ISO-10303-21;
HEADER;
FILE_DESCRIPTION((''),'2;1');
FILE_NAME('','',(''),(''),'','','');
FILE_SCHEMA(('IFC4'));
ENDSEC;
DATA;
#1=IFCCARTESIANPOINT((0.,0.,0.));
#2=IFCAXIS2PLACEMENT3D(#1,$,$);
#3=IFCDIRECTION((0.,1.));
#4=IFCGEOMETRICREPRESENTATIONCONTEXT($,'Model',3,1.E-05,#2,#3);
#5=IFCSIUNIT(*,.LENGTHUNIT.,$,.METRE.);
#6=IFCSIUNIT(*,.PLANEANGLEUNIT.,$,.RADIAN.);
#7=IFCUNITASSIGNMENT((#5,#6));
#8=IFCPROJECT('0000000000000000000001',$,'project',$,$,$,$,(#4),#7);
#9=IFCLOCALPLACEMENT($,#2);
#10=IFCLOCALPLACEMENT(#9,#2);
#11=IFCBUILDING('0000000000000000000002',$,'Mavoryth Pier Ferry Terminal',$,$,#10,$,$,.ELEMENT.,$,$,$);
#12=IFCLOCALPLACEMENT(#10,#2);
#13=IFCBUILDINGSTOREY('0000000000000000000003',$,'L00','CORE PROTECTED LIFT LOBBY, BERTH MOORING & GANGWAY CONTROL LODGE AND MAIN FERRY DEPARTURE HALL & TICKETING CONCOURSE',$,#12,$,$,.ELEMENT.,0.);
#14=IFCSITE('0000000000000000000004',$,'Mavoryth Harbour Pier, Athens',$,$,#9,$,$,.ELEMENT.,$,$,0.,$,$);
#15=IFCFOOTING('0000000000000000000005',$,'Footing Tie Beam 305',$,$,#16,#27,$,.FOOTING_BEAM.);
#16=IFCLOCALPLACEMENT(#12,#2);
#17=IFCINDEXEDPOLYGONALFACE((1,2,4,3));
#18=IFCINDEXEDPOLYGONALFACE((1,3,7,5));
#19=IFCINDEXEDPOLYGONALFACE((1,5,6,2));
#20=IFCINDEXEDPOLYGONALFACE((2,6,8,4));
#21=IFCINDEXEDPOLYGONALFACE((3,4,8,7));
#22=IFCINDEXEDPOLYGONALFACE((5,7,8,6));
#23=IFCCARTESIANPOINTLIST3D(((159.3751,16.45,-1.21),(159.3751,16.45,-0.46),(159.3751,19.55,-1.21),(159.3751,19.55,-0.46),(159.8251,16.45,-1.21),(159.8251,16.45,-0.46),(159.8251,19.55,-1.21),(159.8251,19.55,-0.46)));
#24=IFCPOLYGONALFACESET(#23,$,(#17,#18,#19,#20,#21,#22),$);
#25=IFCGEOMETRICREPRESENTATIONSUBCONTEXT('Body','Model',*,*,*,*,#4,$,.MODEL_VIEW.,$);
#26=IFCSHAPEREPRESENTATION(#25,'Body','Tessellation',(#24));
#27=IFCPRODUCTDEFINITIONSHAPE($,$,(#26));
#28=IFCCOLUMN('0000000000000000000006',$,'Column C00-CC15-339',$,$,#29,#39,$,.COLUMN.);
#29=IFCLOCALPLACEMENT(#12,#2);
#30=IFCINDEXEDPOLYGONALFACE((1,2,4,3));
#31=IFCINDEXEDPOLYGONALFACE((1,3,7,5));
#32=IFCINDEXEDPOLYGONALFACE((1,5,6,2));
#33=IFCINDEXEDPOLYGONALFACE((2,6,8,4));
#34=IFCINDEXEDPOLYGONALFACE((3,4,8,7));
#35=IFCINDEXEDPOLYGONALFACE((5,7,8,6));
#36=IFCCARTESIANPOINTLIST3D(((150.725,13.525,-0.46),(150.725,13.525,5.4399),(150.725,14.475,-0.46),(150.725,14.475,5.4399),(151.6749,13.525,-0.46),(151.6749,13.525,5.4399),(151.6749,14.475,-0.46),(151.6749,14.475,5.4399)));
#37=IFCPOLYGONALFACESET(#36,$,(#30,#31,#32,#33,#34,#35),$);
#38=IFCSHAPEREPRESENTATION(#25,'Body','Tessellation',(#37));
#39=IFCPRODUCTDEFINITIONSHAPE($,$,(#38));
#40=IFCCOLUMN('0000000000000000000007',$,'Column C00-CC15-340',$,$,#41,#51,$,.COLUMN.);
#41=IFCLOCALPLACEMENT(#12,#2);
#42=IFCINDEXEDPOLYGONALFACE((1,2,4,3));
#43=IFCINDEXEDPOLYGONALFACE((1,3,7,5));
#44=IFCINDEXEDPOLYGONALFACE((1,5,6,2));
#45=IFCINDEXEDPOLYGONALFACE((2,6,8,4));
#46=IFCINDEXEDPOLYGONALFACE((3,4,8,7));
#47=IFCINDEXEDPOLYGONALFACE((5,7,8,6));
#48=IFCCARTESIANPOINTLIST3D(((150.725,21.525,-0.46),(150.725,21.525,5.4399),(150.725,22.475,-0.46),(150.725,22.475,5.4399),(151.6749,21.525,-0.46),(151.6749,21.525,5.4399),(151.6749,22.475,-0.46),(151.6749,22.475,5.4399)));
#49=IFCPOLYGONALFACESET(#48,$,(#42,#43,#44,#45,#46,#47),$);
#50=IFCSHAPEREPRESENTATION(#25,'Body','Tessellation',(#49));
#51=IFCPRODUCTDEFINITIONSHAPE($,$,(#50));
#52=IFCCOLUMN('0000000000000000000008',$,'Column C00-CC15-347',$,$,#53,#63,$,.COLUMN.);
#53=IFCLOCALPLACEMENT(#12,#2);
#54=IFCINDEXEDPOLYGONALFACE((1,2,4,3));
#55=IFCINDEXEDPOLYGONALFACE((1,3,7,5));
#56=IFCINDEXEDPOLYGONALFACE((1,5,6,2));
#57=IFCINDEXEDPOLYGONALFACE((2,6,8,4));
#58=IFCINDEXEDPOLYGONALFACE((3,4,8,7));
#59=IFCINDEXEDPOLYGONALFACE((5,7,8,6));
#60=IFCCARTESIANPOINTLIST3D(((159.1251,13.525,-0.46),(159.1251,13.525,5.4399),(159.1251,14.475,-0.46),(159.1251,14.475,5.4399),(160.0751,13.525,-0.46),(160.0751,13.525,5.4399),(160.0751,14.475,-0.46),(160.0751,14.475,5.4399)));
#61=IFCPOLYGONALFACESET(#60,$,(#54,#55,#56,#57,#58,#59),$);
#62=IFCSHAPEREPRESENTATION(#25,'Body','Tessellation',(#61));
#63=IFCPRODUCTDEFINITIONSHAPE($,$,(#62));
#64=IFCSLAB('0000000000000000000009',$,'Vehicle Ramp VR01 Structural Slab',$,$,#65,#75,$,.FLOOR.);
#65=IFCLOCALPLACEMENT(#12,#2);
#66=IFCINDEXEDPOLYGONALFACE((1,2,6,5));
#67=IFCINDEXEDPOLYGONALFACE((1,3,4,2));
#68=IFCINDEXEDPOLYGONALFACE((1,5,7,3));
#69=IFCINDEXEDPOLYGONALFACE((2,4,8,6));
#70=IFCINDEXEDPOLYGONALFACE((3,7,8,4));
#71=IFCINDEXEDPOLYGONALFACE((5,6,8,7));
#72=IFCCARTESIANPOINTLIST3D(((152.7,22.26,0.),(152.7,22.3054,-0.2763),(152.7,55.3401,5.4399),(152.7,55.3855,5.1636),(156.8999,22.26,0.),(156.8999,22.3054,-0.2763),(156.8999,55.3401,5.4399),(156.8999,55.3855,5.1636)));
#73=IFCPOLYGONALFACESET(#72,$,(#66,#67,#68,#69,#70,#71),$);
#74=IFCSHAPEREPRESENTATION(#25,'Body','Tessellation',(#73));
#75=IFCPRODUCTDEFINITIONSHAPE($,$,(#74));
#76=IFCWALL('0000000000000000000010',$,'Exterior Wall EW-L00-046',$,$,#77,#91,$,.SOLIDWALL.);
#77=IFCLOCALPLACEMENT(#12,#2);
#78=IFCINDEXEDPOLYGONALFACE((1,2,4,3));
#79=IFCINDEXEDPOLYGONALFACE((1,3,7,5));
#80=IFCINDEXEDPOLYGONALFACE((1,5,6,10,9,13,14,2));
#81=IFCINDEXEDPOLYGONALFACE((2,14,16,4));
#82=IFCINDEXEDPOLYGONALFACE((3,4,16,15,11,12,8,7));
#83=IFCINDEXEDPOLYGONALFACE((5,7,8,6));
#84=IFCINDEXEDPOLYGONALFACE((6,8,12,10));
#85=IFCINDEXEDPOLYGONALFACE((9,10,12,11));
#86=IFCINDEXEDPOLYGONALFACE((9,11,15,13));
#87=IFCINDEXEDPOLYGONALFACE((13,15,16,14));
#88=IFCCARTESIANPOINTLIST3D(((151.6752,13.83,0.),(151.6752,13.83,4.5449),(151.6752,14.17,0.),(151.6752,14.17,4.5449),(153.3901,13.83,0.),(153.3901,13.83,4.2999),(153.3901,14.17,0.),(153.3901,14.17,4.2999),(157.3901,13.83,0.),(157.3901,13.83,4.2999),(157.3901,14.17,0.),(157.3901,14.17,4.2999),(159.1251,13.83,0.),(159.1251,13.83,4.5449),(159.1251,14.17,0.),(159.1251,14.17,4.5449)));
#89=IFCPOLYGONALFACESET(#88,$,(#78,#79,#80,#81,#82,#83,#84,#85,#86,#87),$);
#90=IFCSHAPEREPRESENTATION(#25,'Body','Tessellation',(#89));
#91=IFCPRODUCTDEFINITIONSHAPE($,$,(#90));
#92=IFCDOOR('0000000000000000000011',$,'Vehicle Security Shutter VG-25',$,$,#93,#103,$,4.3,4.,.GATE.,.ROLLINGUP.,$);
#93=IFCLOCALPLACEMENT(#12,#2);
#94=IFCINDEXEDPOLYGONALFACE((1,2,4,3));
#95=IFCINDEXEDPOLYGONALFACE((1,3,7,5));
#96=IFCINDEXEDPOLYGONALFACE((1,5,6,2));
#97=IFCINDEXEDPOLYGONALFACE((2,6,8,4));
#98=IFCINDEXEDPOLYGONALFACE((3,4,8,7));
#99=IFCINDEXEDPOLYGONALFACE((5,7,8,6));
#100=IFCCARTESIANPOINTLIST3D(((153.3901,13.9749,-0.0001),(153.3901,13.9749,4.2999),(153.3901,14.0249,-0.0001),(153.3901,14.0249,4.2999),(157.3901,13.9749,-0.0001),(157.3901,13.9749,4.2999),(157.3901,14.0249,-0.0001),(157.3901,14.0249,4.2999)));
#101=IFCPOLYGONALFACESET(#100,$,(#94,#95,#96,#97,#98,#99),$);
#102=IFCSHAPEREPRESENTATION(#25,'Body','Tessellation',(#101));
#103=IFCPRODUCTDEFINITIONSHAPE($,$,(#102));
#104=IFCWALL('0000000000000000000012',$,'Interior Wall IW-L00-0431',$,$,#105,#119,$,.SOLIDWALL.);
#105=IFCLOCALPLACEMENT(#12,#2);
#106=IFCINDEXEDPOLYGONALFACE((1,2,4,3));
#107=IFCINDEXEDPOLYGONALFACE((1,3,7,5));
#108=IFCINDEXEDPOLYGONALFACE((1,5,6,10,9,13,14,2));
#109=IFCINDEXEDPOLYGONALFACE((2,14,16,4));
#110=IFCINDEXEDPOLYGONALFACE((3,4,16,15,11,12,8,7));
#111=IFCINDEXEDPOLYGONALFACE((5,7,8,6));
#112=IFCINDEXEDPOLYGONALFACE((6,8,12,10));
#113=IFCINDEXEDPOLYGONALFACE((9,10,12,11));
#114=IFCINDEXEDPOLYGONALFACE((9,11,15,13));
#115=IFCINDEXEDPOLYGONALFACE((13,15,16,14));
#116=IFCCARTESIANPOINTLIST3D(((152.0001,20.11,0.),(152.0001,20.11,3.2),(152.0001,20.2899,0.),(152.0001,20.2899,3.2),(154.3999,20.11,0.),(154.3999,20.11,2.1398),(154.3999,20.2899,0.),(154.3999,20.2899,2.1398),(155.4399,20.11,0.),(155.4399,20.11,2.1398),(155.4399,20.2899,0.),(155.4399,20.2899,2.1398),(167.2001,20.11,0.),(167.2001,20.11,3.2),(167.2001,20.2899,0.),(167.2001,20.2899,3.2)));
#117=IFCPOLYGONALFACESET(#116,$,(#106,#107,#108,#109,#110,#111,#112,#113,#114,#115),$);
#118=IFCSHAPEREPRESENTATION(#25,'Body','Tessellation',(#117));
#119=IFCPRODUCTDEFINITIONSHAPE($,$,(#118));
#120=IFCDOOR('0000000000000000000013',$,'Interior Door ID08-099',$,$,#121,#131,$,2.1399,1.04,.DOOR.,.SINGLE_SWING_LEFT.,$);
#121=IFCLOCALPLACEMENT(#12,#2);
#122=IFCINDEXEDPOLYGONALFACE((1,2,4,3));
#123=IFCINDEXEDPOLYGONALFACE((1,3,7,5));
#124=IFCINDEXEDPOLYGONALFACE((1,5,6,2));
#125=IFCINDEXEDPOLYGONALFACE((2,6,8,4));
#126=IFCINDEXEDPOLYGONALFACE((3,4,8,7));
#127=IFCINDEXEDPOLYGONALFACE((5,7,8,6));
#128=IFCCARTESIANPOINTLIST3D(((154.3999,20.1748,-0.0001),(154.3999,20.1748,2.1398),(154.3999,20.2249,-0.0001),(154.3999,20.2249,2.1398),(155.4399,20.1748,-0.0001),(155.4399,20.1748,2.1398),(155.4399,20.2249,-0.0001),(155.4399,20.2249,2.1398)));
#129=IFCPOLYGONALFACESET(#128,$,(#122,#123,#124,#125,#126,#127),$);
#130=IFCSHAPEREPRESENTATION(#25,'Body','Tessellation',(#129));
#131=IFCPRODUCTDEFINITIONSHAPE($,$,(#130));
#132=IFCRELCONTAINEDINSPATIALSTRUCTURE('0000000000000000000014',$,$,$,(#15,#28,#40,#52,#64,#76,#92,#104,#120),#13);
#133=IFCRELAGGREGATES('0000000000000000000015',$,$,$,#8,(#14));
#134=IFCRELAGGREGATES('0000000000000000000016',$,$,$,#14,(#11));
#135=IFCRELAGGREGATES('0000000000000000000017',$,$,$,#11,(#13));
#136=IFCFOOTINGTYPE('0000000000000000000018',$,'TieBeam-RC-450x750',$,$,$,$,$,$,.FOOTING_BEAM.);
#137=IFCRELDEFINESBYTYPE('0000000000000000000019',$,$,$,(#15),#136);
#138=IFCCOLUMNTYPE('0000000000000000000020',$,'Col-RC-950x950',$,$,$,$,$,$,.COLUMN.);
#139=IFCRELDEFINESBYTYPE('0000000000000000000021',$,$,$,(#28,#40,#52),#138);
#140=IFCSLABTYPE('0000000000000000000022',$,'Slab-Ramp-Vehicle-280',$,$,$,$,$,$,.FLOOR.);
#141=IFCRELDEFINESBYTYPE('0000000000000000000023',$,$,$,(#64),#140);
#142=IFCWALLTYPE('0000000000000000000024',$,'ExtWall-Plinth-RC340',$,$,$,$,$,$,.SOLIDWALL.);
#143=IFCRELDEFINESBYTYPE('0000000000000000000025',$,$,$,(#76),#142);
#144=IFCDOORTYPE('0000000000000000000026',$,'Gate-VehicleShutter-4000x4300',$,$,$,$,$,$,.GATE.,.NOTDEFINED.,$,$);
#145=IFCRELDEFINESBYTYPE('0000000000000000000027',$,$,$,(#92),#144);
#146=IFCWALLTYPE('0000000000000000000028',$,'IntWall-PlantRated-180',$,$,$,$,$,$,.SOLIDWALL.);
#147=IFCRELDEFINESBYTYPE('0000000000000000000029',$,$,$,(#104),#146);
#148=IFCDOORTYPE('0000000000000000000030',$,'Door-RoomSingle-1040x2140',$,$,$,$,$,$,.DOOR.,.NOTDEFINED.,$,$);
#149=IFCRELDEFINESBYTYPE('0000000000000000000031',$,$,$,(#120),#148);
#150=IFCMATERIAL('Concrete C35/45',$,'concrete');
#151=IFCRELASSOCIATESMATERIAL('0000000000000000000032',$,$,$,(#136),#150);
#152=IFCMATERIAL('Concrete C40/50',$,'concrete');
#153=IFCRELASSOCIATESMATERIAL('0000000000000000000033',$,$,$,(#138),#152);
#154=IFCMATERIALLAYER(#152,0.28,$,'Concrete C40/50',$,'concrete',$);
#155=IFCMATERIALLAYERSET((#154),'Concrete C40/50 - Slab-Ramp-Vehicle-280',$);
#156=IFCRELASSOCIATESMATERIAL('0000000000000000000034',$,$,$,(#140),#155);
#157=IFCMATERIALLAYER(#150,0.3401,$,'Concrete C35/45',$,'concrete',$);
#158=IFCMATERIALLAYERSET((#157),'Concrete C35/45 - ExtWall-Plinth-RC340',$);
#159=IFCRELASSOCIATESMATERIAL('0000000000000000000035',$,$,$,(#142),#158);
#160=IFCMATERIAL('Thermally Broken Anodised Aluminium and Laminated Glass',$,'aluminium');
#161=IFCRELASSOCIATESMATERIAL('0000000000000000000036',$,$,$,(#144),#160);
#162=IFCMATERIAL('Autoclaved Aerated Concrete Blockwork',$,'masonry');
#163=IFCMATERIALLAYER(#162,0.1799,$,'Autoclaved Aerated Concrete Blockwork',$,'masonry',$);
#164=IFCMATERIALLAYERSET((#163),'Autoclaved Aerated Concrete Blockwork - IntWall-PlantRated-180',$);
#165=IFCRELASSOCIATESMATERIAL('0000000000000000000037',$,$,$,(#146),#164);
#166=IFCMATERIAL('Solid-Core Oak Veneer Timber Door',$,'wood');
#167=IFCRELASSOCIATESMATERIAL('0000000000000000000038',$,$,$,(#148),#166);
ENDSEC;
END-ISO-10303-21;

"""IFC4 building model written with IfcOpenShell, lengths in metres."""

from ifc_helpers import new_model, si_unit, direction, frame, frame_2d, origin, origin_2d, place, context, subcontext, project, spatial, polyline, rectangle, outline, extrude, material, layer, layer_set, material_profile, profile_set, type_object, element, fill, save


model = new_model("IFC4")

# Units and contexts
model_context = context("Model", 3, precision=1e-05, world=origin(), true_north=direction((0.0, 1.0)))
body_context = subcontext(model_context, "Body", "Model", "MODEL_VIEW")
ifc_project = project(units=[si_unit("LENGTHUNIT", "METRE"), si_unit("PLANEANGLEUNIT", "RADIAN")], contexts=[model_context])

# Site, building, storey
site_placement = place(None, origin())
site = spatial("IfcSite", under=ifc_project, at=site_placement, Name="Mavoryth Harbour Pier, Athens", CompositionType="ELEMENT", RefElevation=0.0)
building_placement = place(site_placement, origin())
building = spatial("IfcBuilding", under=site, at=building_placement, Name="Mavoryth Pier Ferry Terminal", CompositionType="ELEMENT")
storey_placement = place(building_placement, origin())
storey = spatial("IfcBuildingStorey", under=building, at=storey_placement, Name="L00", Description="CORE PROTECTED LIFT LOBBY, BERTH MOORING & GANGWAY CONTROL LODGE AND MAIN FERRY DEPARTURE HALL & TICKETING CONCOURSE", CompositionType="ELEMENT", Elevation=0.0)

# Shared definitions
ifc_material_1 = material(Name="Concrete C35/45", Category="concrete")

# Footing
ifc_material_profile_1 = material_profile(ifc_material_1, rectangle(XDim=0.45, YDim=0.75, at=origin_2d()), Name="RC 450x750", Category="concrete")
ifc_profile_set_1 = profile_set([ifc_material_profile_1], Name="Concrete C35/45 - RC 450x750")
footing_type_1 = type_object("IfcFootingType", Name="TieBeam-RC-450x750", PredefinedType="FOOTING_BEAM", material=ifc_profile_set_1)
footing_1_placement = place(storey_placement, frame((159.6001, 16.45, -0.835), z_axis=(0.0, 1.0, 0.0), x_axis=(-1.0, 0.0, 0.0)))
element("IfcFooting", 1, at=footing_1_placement, inside=storey, type_object=footing_type_1, Name="Footing Tie Beam 305", PredefinedType="FOOTING_BEAM", context=body_context, shape_type="SweptSolid", body=[
    extrude(rectangle(XDim=0.45, YDim=0.75, at=origin_2d()), origin(), (0.0, 0.0, 1.0), 3.1001),
])

# Columns
ifc_material_2 = material(Name="Concrete C40/50", Category="concrete")
ifc_material_profile_2 = material_profile(ifc_material_2, rectangle(XDim=0.95, YDim=0.95, at=origin_2d()), Name="RC 950x950", Category="concrete")
ifc_profile_set_2 = profile_set([ifc_material_profile_2], Name="Concrete C40/50 - RC 950x950")
column_type = type_object("IfcColumnType", Name="Col-RC-950x950", PredefinedType="COLUMN", material=ifc_profile_set_2)
for number, where, z_axis, x_axis, name in (
    (2, (151.2, 14.0, -0.46), (0.0, 0.0, 1.0), (1.0, 0.0, 0.0), "Column C00-CC15-339"),
    (3, (151.2, 22.0, -0.46), (0.0, 0.0, 1.0), (1.0, 0.0, 0.0), "Column C00-CC15-340"),
    (4, (159.6001, 14.0, -0.46), (0.0, 0.0, 1.0), (1.0, 0.0, 0.0), "Column C00-CC15-347"),
):
    element("IfcColumn", number, at=place(storey_placement, frame(where, z_axis=z_axis, x_axis=x_axis)), inside=storey, type_object=column_type, Name=name, PredefinedType="COLUMN", context=body_context, shape_type="SweptSolid", body=[
        extrude(rectangle(XDim=0.95, YDim=0.95, at=origin_2d()), origin(), (0.0, 0.0, 1.0), 5.8999),
    ])

# Slab
ifc_layer_1 = layer(ifc_material_2, 0.28, Name="Concrete C40/50", Category="concrete")
ifc_layer_set_1 = layer_set([ifc_layer_1], Name="Concrete C40/50 - Slab-Ramp-Vehicle-280")
slab_type = type_object("IfcSlabType", Name="Slab-Ramp-Vehicle-280", PredefinedType="FLOOR", material=ifc_layer_set_1)
slab_placement = place(storey_placement, frame((152.7, 22.26, 0.0), z_axis=(0.0, -0.162268, 0.986747), x_axis=(1.0, 0.0, 0.0)))
element("IfcSlab", 5, at=slab_placement, inside=storey, type_object=slab_type, Name="Vehicle Ramp VR01 Structural Slab", PredefinedType="FLOOR", context=body_context, shape_type="SweptSolid", body=[
    extrude(outline(polyline([(0.0, 0.0), (4.2, 0.0), (4.2, 33.5244), (0.0, 33.5244), (0.0, 0.0)])), origin(), (0.0, 0.0, -1.0), 0.28),
])

# Walls, openings, doors
ifc_layer_2 = layer(ifc_material_1, 0.3401, Name="Concrete C35/45", Category="concrete")
ifc_layer_set_2 = layer_set([ifc_layer_2], Name="Concrete C35/45 - ExtWall-Plinth-RC340")
wall_type_1 = type_object("IfcWallType", Name="ExtWall-Plinth-RC340", PredefinedType="SOLIDWALL", material=ifc_layer_set_2)
wall_1_placement = place(storey_placement, frame((151.675, 14.0, 0.0), z_axis=(0.0, 0.0, 1.0), x_axis=(1.0, 0.0, 0.0)))
wall_1 = element("IfcWall", 6, at=wall_1_placement, inside=storey, type_object=wall_type_1, Name="Exterior Wall EW-L00-046", PredefinedType="SOLIDWALL", context=body_context, shape_type="SweptSolid", body=[
    extrude(rectangle(XDim=7.45, YDim=0.3401, at=frame_2d((3.7251, 0.0))), origin(), (0.0, 0.0, 1.0), 4.5449),
])
opening_1_placement = place(wall_1_placement, frame((1.7151, 0.0, 0.0)))
opening_1 = element("IfcOpeningElement", 7, at=opening_1_placement, cuts=wall_1, PredefinedType="OPENING", context=body_context, shape_type="SweptSolid", body=[
    extrude(rectangle(XDim=4.0, YDim=4.3, at=frame_2d((2.0, 2.1499))), frame((0.0, 0.1799, 0.0), z_axis=(0.0, -1.0, 0.0), x_axis=(1.0, 0.0, 0.0)), (0.0, 0.0, 1.0), 0.3601),
])
ifc_material_3 = material(Name="Thermally Broken Anodised Aluminium and Laminated Glass", Category="aluminium")
door_type_1 = type_object("IfcDoorType", Name="Gate-VehicleShutter-4000x4300", OperationType="NOTDEFINED", PredefinedType="GATE", material=ifc_material_3)
door_1_placement = place(opening_1_placement, origin())
door_1 = element("IfcDoor", 8, at=door_1_placement, inside=storey, type_object=door_type_1, Name="Vehicle Security Shutter VG-25", OperationType="ROLLINGUP", OverallHeight=4.3, OverallWidth=4.0, PredefinedType="GATE", context=body_context, shape_type="SweptSolid", body=[
    extrude(rectangle(XDim=4.0, YDim=4.3, at=frame_2d((2.0, 2.1499))), frame((0.0, 0.0249, 0.0), z_axis=(0.0, -1.0, 0.0), x_axis=(1.0, 0.0, 0.0)), (0.0, 0.0, 1.0), 0.05),
])
fill(opening_1, door_1)
ifc_material_4 = material(Name="Autoclaved Aerated Concrete Blockwork", Category="masonry")
ifc_layer_3 = layer(ifc_material_4, 0.1799, Name="Autoclaved Aerated Concrete Blockwork", Category="masonry")
ifc_layer_set_3 = layer_set([ifc_layer_3], Name="Autoclaved Aerated Concrete Blockwork - IntWall-PlantRated-180")
wall_type_2 = type_object("IfcWallType", Name="IntWall-PlantRated-180", PredefinedType="SOLIDWALL", material=ifc_layer_set_3)
wall_2_placement = place(storey_placement, frame((152.0, 20.2, 0.0), z_axis=(0.0, 0.0, 1.0), x_axis=(1.0, 0.0, 0.0)))
wall_2 = element("IfcWall", 9, at=wall_2_placement, inside=storey, type_object=wall_type_2, Name="Interior Wall IW-L00-0431", PredefinedType="SOLIDWALL", context=body_context, shape_type="SweptSolid", body=[
    extrude(rectangle(XDim=15.2, YDim=0.1799, at=frame_2d((7.6001, 0.0))), origin(), (0.0, 0.0, 1.0), 3.2),
])
opening_2_placement = place(wall_2_placement, frame((2.3999, 0.0, 0.0)))
opening_2 = element("IfcOpeningElement", 10, at=opening_2_placement, cuts=wall_2, PredefinedType="OPENING", context=body_context, shape_type="SweptSolid", body=[
    extrude(rectangle(XDim=1.04, YDim=2.1399, at=frame_2d((0.52, 1.0698))), frame((0.0, 0.0999, 0.0), z_axis=(0.0, -1.0, 0.0), x_axis=(1.0, 0.0, 0.0)), (0.0, 0.0, 1.0), 0.2),
])
ifc_material_5 = material(Name="Solid-Core Oak Veneer Timber Door", Category="wood")
door_type_2 = type_object("IfcDoorType", Name="Door-RoomSingle-1040x2140", OperationType="NOTDEFINED", PredefinedType="DOOR", material=ifc_material_5)
door_2_placement = place(opening_2_placement, origin())
door_2 = element("IfcDoor", 11, at=door_2_placement, inside=storey, type_object=door_type_2, Name="Interior Door ID08-099", OperationType="SINGLE_SWING_LEFT", OverallHeight=2.1399, OverallWidth=1.04, PredefinedType="DOOR", context=body_context, shape_type="SweptSolid", body=[
    extrude(rectangle(XDim=1.04, YDim=2.1399, at=frame_2d((0.52, 1.0698))), frame((0.0, 0.0249, 0.0), z_axis=(0.0, -1.0, 0.0), x_axis=(1.0, 0.0, 0.0)), (0.0, 0.0, 1.0), 0.05),
])
fill(opening_2, door_2)

save(model, "model.ifc")
